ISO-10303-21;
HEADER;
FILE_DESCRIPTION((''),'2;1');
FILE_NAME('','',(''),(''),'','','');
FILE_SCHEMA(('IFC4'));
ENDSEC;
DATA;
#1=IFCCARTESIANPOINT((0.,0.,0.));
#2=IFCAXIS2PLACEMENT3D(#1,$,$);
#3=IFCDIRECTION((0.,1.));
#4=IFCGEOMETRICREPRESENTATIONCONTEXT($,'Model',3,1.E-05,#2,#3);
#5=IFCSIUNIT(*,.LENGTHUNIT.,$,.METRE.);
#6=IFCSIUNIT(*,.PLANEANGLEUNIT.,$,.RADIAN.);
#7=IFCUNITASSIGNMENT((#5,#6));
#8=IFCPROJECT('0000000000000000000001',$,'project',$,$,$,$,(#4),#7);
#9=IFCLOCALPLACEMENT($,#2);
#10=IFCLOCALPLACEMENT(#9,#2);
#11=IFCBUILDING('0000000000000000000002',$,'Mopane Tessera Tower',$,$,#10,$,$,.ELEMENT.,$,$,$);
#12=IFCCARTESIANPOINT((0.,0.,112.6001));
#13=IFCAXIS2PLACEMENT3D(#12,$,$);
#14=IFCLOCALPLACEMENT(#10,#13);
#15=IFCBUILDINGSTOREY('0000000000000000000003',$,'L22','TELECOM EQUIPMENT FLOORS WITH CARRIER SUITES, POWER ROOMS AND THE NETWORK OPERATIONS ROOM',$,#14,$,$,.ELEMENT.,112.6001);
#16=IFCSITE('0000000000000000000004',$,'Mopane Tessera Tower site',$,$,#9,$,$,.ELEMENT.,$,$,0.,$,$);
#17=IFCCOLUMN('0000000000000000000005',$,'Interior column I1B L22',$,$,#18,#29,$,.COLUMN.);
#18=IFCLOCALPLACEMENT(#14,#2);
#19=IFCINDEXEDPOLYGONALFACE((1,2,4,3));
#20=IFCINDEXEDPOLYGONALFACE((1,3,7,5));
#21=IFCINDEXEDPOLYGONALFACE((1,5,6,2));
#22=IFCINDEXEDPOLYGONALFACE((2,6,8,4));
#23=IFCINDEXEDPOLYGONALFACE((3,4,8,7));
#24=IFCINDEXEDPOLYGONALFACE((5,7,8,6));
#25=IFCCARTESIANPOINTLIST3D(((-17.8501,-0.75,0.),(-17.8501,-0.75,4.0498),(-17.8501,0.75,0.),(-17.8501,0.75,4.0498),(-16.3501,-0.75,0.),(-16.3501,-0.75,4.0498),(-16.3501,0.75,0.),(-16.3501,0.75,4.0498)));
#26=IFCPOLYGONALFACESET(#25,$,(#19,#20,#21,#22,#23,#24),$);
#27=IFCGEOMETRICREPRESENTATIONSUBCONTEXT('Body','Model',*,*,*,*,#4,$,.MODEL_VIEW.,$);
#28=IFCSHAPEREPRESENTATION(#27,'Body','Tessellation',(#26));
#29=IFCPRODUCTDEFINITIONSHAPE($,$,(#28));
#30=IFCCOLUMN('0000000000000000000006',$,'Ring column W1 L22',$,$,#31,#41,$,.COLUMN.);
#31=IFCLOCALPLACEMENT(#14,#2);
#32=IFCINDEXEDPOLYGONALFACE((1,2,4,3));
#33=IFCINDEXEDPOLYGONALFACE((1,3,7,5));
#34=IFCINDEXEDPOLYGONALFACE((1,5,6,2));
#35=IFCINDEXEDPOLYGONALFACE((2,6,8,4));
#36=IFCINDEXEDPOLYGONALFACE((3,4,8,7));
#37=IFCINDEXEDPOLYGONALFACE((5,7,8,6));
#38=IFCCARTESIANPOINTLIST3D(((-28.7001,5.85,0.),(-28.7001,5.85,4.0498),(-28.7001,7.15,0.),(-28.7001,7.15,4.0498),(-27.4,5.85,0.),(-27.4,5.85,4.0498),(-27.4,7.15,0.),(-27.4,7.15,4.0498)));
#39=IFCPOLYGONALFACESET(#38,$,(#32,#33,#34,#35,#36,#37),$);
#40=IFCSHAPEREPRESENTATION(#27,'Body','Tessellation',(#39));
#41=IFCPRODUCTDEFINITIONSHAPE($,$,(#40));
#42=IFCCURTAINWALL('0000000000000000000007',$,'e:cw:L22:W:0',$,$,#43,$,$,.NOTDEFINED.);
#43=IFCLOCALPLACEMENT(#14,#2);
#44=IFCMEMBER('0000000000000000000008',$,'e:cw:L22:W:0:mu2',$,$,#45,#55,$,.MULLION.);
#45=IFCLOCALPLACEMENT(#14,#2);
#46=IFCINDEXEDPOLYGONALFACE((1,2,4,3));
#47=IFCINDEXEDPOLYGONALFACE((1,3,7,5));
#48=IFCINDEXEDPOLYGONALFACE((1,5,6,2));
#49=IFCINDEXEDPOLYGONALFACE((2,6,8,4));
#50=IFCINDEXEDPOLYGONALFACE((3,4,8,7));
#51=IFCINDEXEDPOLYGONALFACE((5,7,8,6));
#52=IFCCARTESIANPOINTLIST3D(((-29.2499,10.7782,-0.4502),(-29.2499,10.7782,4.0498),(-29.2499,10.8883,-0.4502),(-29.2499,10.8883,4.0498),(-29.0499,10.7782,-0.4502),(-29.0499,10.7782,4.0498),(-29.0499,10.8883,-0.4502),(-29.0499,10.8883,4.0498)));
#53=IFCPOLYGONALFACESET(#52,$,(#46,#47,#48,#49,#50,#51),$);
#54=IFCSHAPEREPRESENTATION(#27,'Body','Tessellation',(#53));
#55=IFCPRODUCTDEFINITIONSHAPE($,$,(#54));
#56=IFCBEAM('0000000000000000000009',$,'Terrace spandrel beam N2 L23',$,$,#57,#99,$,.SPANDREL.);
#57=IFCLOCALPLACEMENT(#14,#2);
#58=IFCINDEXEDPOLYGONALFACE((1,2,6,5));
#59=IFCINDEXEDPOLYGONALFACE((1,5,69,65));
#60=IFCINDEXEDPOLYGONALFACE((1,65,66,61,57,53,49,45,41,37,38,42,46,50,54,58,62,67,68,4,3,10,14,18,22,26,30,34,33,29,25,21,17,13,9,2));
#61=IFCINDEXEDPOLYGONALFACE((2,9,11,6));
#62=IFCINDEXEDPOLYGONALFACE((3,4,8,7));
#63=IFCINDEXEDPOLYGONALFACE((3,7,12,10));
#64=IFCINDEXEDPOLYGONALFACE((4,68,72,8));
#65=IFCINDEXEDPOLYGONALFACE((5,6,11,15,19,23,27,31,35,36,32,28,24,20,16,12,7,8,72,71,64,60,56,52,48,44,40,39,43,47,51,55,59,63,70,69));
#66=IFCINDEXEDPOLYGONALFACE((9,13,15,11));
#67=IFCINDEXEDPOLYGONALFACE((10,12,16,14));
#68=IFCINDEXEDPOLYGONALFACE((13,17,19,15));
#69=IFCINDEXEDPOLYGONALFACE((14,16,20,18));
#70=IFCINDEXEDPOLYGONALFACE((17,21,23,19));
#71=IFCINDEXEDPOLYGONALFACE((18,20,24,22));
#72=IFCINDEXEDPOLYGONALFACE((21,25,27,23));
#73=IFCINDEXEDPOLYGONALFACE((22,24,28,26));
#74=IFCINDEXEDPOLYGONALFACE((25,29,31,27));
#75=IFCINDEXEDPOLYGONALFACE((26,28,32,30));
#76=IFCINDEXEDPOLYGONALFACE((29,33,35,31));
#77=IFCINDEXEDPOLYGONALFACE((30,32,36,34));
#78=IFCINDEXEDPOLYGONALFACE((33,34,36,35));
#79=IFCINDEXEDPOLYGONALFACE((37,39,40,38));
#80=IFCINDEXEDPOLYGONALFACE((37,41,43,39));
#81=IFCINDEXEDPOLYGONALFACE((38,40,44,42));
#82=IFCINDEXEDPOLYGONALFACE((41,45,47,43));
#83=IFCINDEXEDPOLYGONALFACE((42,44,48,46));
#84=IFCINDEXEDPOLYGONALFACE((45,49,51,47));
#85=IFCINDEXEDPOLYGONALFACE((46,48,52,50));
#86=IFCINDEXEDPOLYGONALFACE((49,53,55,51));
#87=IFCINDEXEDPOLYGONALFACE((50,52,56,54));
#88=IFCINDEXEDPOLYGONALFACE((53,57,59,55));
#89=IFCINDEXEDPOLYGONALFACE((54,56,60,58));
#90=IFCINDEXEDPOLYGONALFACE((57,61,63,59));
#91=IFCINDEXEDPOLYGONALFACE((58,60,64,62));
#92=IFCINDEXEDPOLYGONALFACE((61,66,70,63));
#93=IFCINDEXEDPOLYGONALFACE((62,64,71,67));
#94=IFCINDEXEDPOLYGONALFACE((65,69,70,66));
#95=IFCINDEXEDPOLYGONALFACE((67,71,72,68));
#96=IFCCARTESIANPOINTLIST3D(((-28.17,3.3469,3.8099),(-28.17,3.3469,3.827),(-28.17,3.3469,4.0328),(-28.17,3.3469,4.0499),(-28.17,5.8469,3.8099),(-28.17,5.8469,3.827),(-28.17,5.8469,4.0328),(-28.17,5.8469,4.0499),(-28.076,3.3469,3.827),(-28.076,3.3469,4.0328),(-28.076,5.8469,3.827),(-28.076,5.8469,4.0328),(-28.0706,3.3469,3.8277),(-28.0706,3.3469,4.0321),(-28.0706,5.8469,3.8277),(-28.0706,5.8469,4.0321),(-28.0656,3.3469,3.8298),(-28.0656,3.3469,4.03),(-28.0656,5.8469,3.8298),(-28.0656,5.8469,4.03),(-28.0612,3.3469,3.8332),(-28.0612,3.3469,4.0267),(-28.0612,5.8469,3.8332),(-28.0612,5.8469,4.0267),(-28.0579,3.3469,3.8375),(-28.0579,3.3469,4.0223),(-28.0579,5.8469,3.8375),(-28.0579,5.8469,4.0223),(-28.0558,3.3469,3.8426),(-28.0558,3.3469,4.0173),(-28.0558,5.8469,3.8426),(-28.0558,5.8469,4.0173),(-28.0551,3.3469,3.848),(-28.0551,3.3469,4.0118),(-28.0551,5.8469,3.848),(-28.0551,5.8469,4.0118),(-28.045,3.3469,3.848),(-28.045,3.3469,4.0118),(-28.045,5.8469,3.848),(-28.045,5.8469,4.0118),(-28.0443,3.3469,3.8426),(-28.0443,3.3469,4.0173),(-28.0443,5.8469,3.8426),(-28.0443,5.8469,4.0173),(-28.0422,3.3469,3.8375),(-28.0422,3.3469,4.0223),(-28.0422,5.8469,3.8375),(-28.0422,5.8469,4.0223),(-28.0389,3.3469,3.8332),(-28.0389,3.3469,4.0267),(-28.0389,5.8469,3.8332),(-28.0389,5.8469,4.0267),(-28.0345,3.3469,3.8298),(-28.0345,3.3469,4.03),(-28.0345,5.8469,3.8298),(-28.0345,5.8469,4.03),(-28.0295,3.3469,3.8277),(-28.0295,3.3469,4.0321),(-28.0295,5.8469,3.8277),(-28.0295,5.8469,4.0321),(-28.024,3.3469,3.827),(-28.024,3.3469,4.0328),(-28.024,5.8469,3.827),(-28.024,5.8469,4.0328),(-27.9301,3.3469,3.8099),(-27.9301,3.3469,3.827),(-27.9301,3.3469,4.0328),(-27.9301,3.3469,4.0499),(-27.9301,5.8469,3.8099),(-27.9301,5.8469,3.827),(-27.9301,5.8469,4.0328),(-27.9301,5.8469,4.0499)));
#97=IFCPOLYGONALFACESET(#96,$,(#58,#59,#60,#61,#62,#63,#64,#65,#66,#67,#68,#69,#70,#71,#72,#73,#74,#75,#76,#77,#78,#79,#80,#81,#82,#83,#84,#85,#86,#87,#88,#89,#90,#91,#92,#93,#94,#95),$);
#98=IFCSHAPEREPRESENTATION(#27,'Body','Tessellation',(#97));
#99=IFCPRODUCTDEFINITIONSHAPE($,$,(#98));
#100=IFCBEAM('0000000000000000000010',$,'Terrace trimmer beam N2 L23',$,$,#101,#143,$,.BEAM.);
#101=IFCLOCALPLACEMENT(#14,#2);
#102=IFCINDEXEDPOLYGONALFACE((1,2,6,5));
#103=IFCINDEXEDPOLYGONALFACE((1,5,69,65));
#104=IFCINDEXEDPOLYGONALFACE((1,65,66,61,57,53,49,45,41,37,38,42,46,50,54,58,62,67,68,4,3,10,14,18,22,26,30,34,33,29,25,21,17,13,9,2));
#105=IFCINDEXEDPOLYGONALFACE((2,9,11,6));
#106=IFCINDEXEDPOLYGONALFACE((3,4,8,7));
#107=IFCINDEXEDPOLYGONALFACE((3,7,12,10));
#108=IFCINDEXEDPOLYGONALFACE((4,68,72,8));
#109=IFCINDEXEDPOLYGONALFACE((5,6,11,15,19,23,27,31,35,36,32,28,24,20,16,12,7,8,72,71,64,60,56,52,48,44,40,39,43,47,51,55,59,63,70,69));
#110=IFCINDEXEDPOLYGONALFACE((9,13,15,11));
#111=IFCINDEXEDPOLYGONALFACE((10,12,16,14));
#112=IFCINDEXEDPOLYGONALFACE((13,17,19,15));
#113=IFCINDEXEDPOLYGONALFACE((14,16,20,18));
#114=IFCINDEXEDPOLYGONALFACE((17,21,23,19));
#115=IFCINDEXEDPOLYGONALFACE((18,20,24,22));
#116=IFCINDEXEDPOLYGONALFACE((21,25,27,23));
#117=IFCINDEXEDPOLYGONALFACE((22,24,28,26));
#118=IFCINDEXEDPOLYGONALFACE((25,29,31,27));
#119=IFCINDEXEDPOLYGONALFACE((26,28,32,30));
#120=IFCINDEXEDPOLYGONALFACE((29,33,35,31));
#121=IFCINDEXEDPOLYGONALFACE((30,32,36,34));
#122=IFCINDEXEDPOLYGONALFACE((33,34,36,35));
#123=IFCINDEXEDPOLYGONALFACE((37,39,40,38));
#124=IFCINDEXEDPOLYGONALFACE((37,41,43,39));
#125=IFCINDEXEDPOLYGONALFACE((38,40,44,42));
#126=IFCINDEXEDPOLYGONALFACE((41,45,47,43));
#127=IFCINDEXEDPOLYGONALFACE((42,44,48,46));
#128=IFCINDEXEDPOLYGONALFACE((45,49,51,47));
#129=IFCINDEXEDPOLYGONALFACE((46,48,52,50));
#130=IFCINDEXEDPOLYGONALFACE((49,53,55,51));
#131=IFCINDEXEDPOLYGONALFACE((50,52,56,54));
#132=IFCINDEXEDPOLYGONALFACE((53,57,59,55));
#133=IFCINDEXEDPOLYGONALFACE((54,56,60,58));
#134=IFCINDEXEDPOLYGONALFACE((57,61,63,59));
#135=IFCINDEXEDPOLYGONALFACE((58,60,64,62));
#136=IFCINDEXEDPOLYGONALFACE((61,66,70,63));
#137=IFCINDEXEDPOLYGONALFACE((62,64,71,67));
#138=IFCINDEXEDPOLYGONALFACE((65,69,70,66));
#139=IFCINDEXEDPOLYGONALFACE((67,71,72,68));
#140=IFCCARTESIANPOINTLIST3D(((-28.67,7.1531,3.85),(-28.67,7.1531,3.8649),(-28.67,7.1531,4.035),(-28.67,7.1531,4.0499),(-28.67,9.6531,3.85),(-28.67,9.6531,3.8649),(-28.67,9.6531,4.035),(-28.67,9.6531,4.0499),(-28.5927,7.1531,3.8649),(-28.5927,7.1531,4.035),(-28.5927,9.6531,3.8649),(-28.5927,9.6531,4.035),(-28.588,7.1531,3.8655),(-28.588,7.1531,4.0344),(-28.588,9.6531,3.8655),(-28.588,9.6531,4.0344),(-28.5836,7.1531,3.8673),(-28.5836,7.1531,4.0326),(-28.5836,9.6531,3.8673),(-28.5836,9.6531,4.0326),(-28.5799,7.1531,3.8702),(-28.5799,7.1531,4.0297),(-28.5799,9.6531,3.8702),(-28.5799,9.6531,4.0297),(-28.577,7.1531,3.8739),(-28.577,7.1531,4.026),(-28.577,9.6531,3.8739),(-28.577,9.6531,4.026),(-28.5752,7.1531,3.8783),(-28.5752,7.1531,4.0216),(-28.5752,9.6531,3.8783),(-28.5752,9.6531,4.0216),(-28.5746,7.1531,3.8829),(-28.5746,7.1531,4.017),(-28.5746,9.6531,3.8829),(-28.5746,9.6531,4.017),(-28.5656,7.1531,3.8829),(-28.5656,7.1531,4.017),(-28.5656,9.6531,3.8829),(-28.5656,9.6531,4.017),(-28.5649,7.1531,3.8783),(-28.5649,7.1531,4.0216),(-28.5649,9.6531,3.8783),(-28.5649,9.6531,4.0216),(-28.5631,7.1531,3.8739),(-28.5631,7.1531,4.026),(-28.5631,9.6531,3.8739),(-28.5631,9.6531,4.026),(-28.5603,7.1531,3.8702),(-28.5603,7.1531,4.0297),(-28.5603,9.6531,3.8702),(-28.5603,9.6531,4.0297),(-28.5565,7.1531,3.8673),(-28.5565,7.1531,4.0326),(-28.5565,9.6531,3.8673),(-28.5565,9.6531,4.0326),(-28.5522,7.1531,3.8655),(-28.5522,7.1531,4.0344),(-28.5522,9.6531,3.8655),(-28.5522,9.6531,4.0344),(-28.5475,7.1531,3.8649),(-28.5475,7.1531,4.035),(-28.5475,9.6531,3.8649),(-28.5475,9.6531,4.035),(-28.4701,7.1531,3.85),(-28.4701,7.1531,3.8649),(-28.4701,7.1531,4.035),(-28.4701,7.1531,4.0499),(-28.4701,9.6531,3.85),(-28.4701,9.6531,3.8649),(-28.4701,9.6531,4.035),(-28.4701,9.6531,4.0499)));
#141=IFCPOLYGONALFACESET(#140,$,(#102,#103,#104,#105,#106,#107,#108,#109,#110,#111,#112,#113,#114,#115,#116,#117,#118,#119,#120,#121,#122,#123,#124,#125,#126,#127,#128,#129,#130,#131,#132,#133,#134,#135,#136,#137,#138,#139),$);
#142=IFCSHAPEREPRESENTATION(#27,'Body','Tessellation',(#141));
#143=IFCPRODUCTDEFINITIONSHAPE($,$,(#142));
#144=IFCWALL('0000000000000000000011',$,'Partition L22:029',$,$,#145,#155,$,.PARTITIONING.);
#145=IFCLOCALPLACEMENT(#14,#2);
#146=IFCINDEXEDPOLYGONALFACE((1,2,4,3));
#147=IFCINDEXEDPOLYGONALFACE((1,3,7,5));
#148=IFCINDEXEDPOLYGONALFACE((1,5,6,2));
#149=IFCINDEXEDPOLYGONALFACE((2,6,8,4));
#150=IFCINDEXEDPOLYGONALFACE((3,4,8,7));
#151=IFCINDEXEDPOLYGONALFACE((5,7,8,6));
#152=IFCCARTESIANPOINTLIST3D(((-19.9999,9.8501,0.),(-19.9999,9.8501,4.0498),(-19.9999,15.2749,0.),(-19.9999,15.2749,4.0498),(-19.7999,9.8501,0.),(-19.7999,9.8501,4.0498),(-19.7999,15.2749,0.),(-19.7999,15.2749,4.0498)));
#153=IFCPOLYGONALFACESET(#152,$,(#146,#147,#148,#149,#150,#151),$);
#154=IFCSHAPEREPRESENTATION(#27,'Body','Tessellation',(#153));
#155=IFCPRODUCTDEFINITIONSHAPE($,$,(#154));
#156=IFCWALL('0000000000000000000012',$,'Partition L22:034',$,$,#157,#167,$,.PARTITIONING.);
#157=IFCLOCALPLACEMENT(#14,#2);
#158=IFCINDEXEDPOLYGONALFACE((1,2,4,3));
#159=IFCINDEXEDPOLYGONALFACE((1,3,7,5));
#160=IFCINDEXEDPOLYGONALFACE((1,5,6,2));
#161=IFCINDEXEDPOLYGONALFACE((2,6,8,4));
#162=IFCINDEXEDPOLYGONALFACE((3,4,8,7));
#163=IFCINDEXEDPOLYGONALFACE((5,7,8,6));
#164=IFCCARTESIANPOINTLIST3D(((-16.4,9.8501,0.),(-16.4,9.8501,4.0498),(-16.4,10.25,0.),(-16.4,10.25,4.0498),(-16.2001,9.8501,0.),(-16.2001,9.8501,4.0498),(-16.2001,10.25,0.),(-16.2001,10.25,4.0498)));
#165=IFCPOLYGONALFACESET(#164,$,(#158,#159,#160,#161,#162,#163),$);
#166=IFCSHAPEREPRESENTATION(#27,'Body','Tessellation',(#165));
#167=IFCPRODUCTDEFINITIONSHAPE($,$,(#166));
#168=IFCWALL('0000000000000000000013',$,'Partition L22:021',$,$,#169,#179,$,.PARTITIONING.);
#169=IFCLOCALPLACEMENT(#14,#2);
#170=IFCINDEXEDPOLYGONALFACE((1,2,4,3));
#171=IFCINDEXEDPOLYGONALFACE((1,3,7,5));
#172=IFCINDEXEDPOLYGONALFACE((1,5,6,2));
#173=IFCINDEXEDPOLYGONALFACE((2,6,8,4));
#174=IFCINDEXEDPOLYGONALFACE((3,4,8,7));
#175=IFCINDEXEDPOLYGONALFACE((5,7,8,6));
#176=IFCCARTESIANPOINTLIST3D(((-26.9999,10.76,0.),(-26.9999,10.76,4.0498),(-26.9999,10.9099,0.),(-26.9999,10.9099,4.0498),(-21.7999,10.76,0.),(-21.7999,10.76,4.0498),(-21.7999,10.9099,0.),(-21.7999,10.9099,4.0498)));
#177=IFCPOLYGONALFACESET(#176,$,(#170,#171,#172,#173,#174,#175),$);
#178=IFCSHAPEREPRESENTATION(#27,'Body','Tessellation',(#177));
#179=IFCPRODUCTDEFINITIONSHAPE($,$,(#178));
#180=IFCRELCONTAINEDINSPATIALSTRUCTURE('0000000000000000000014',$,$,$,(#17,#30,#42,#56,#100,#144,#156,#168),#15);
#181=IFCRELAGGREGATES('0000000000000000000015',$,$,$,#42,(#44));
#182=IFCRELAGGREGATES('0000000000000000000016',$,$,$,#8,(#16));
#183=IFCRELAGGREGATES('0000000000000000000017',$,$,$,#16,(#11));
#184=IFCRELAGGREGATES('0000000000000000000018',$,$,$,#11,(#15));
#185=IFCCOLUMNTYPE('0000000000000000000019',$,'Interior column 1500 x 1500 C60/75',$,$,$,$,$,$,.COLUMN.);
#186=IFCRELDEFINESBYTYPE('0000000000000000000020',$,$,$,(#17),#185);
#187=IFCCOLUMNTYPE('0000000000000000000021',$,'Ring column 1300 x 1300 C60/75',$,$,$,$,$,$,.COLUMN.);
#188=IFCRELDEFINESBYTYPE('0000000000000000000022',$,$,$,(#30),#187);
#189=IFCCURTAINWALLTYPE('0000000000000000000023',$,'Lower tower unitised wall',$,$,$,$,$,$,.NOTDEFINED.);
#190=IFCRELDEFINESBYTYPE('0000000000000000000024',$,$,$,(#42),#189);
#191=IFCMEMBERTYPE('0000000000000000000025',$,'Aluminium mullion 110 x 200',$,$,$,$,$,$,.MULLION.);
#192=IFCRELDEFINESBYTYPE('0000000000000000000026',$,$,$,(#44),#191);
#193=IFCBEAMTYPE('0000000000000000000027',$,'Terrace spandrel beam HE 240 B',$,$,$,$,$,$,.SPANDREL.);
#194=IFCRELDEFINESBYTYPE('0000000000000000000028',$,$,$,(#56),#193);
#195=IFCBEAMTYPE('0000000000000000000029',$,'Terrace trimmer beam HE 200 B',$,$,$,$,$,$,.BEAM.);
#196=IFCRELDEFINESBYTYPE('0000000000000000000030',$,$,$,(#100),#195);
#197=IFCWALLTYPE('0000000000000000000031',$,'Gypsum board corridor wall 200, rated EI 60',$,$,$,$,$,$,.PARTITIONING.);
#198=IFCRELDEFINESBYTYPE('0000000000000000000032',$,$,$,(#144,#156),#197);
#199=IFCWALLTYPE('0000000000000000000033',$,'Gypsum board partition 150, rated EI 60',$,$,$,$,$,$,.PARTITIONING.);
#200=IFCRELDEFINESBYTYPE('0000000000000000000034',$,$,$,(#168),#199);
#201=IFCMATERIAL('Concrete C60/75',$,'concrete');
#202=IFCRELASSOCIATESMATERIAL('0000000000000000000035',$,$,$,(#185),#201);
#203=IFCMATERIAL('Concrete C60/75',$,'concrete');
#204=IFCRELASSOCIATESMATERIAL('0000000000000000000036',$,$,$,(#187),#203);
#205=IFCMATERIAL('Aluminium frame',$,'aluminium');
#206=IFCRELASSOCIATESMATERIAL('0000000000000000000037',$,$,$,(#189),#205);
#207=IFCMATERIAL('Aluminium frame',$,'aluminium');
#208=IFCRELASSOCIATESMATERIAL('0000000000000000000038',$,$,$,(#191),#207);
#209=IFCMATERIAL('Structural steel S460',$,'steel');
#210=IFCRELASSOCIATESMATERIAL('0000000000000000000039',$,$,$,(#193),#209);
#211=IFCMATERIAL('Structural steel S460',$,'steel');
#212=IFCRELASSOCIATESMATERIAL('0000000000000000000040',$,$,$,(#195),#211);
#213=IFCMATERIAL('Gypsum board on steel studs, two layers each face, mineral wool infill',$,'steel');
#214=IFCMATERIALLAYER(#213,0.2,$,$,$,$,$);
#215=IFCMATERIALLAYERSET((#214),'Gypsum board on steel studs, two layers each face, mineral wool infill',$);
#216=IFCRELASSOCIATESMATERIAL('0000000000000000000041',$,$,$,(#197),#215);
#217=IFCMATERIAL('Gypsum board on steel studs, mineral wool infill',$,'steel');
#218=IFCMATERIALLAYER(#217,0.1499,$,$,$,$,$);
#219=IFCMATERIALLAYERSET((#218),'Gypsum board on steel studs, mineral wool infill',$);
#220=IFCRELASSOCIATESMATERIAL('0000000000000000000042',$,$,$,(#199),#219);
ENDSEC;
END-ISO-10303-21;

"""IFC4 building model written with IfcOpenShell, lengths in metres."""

from ifc_helpers import new_model, si_unit, direction, frame, frame_2d, origin, origin_2d, place, context, subcontext, project, spatial, rectangle, i_section, extrude, material, layer, layer_set, material_profile, profile_set, type_object, element, aggregate, save


model = new_model("IFC4")

# Units and contexts
model_context = context("Model", 3, precision=1e-05, world=origin(), true_north=direction((0.0, 1.0)))
body_context = subcontext(model_context, "Body", "Model", "MODEL_VIEW")
ifc_project = project(units=[si_unit("LENGTHUNIT", "METRE"), si_unit("PLANEANGLEUNIT", "RADIAN")], contexts=[model_context])

# Site, building, storey
site_placement = place(None, origin())
site = spatial("IfcSite", under=ifc_project, at=site_placement, Name="Mopane Tessera Tower site", CompositionType="ELEMENT", RefElevation=0.0)
building_placement = place(site_placement, origin())
building = spatial("IfcBuilding", under=site, at=building_placement, Name="Mopane Tessera Tower", CompositionType="ELEMENT")
storey_placement = place(building_placement, frame((0.0, 0.0, 112.6001)))
storey = spatial("IfcBuildingStorey", under=building, at=storey_placement, Name="L22", Description="TELECOM EQUIPMENT FLOORS WITH CARRIER SUITES, POWER ROOMS AND THE NETWORK OPERATIONS ROOM", CompositionType="ELEMENT", Elevation=112.6001)

# Columns
ifc_material_1 = material(Name="Concrete C60/75", Category="concrete")
ifc_material_profile_1 = material_profile(ifc_material_1, rectangle(XDim=1.5, YDim=1.5, at=origin_2d()))
ifc_profile_set_1 = profile_set([ifc_material_profile_1], Name="Concrete C60/75")
column_type_1 = type_object("IfcColumnType", Name="Interior column 1500 x 1500 C60/75", PredefinedType="COLUMN", material=ifc_profile_set_1)
column_1_placement = place(storey_placement, frame((-17.1001, 0.0, 0.0), z_axis=(0.0, 0.0, 1.0), x_axis=(1.0, 0.0, 0.0)))
element("IfcColumn", 1, at=column_1_placement, inside=storey, type_object=column_type_1, Name="Interior column I1B L22", PredefinedType="COLUMN", context=body_context, shape_type="SweptSolid", body=[
    extrude(rectangle(XDim=1.5, YDim=1.5, at=origin_2d()), origin(), (0.0, 0.0, 1.0), 4.0498),
])
ifc_material_2 = material(Name="Concrete C60/75", Category="concrete")
ifc_material_profile_2 = material_profile(ifc_material_2, rectangle(XDim=1.3, YDim=1.3, at=origin_2d()))
ifc_profile_set_2 = profile_set([ifc_material_profile_2], Name="Concrete C60/75")
column_type_2 = type_object("IfcColumnType", Name="Ring column 1300 x 1300 C60/75", PredefinedType="COLUMN", material=ifc_profile_set_2)
column_2_placement = place(storey_placement, frame((-28.05, 6.5, 0.0), z_axis=(0.0, 0.0, 1.0), x_axis=(1.0, 0.0, 0.0)))
element("IfcColumn", 2, at=column_2_placement, inside=storey, type_object=column_type_2, Name="Ring column W1 L22", PredefinedType="COLUMN", context=body_context, shape_type="SweptSolid", body=[
    extrude(rectangle(XDim=1.3, YDim=1.3, at=origin_2d()), origin(), (0.0, 0.0, 1.0), 4.0498),
])

# Curtain wall, member
ifc_material_3 = material(Name="Aluminium frame", Category="aluminium")
curtain_wall_type = type_object("IfcCurtainWallType", Name="Lower tower unitised wall", PredefinedType="NOTDEFINED", material=ifc_material_3)
curtain_wall_placement = place(storey_placement, origin())
curtain_wall = element("IfcCurtainWall", 3, at=curtain_wall_placement, inside=storey, type_object=curtain_wall_type, Name="e:cw:L22:W:0", PredefinedType="NOTDEFINED")
ifc_material_4 = material(Name="Aluminium frame", Category="aluminium")
ifc_material_profile_3 = material_profile(ifc_material_4, rectangle(XDim=0.1101, YDim=0.2, at=origin_2d()))
ifc_profile_set_3 = profile_set([ifc_material_profile_3], Name="Aluminium frame")
member_type = type_object("IfcMemberType", Name="Aluminium mullion 110 x 200", PredefinedType="MULLION", material=ifc_profile_set_3)
member_placement = place(storey_placement, frame((-29.1499, 10.8333, -0.4502), z_axis=(0.0, 0.0, 1.0), x_axis=(0.0, -1.0, 0.0)))
member = element("IfcMember", 4, at=member_placement, type_object=member_type, Name="e:cw:L22:W:0:mu2", PredefinedType="MULLION", context=body_context, shape_type="SweptSolid", body=[
    extrude(rectangle(XDim=0.1101, YDim=0.2, at=origin_2d()), origin(), (0.0, 0.0, 1.0), 4.5),
])
aggregate(curtain_wall, [member])

# Beams
ifc_material_5 = material(Name="Structural steel S460", Category="steel")
ifc_material_profile_4 = material_profile(ifc_material_5, i_section(OverallWidth=0.24, OverallDepth=0.24, WebThickness=0.01, FlangeThickness=0.0171, FilletRadius=0.021, at=origin_2d()))
ifc_profile_set_4 = profile_set([ifc_material_profile_4], Name="Structural steel S460")
beam_type_1 = type_object("IfcBeamType", Name="Terrace spandrel beam HE 240 B", PredefinedType="SPANDREL", material=ifc_profile_set_4)
beam_1_placement = place(storey_placement, frame((-28.05, 5.8469, 3.9299), z_axis=(0.0, -1.0, 0.0), x_axis=(1.0, 0.0, 0.0)))
element("IfcBeam", 5, at=beam_1_placement, inside=storey, type_object=beam_type_1, Name="Terrace spandrel beam N2 L23", PredefinedType="SPANDREL", context=body_context, shape_type="SweptSolid", body=[
    extrude(i_section(OverallWidth=0.24, OverallDepth=0.24, WebThickness=0.01, FlangeThickness=0.0171, FilletRadius=0.021, at=origin_2d()), origin(), (0.0, 0.0, 1.0), 2.5),
])
ifc_material_6 = material(Name="Structural steel S460", Category="steel")
ifc_material_profile_5 = material_profile(ifc_material_6, i_section(OverallWidth=0.2, OverallDepth=0.2, WebThickness=0.009, FlangeThickness=0.0149, FilletRadius=0.0181, at=origin_2d()))
ifc_profile_set_5 = profile_set([ifc_material_profile_5], Name="Structural steel S460")
beam_type_2 = type_object("IfcBeamType", Name="Terrace trimmer beam HE 200 B", PredefinedType="BEAM", material=ifc_profile_set_5)
beam_2_placement = place(storey_placement, frame((-28.5701, 7.1531, 3.95), z_axis=(0.0, 1.0, 0.0), x_axis=(-1.0, 0.0, 0.0)))
element("IfcBeam", 6, at=beam_2_placement, inside=storey, type_object=beam_type_2, Name="Terrace trimmer beam N2 L23", PredefinedType="BEAM", context=body_context, shape_type="SweptSolid", body=[
    extrude(i_section(OverallWidth=0.2, OverallDepth=0.2, WebThickness=0.009, FlangeThickness=0.0149, FilletRadius=0.0181, at=origin_2d()), origin(), (0.0, 0.0, 1.0), 2.5),
])

# Walls
ifc_material_7 = material(Name="Gypsum board on steel studs, two layers each face, mineral wool infill", Category="steel")
ifc_layer_1 = layer(ifc_material_7, 0.2)
ifc_layer_set_1 = layer_set([ifc_layer_1], Name="Gypsum board on steel studs, two layers each face, mineral wool infill")
wall_type_1 = type_object("IfcWallType", Name="Gypsum board corridor wall 200, rated EI 60", PredefinedType="PARTITIONING", material=ifc_layer_set_1)
wall_1_placement = place(storey_placement, frame((-19.8999, 9.8501, 0.0), z_axis=(0.0, 0.0, 1.0), x_axis=(0.0, 1.0, 0.0)))
element("IfcWall", 7, at=wall_1_placement, inside=storey, type_object=wall_type_1, Name="Partition L22:029", PredefinedType="PARTITIONING", context=body_context, shape_type="SweptSolid", body=[
    extrude(rectangle(XDim=5.4248, YDim=0.2, at=frame_2d((2.7124, 0.0))), origin(), (0.0, 0.0, 1.0), 4.0498),
])
wall_2_placement = place(storey_placement, frame((-16.3, 9.8501, 0.0), z_axis=(0.0, 0.0, 1.0), x_axis=(0.0, 1.0, 0.0)))
element("IfcWall", 8, at=wall_2_placement, inside=storey, type_object=wall_type_1, Name="Partition L22:034", PredefinedType="PARTITIONING", context=body_context, shape_type="SweptSolid", body=[
    extrude(rectangle(XDim=0.3999, YDim=0.2, at=frame_2d((0.2, 0.0))), origin(), (0.0, 0.0, 1.0), 4.0498),
])
ifc_material_8 = material(Name="Gypsum board on steel studs, mineral wool infill", Category="steel")
ifc_layer_2 = layer(ifc_material_8, 0.1499)
ifc_layer_set_2 = layer_set([ifc_layer_2], Name="Gypsum board on steel studs, mineral wool infill")
wall_type_2 = type_object("IfcWallType", Name="Gypsum board partition 150, rated EI 60", PredefinedType="PARTITIONING", material=ifc_layer_set_2)
wall_3_placement = place(storey_placement, frame((-27.0, 10.835, 0.0), z_axis=(0.0, 0.0, 1.0), x_axis=(1.0, 0.0, 0.0)))
element("IfcWall", 9, at=wall_3_placement, inside=storey, type_object=wall_type_2, Name="Partition L22:021", PredefinedType="PARTITIONING", context=body_context, shape_type="SweptSolid", body=[
    extrude(rectangle(XDim=5.2, YDim=0.1499, at=frame_2d((2.6001, 0.0))), origin(), (0.0, 0.0, 1.0), 4.0498),
])

save(model, "model.ifc")
